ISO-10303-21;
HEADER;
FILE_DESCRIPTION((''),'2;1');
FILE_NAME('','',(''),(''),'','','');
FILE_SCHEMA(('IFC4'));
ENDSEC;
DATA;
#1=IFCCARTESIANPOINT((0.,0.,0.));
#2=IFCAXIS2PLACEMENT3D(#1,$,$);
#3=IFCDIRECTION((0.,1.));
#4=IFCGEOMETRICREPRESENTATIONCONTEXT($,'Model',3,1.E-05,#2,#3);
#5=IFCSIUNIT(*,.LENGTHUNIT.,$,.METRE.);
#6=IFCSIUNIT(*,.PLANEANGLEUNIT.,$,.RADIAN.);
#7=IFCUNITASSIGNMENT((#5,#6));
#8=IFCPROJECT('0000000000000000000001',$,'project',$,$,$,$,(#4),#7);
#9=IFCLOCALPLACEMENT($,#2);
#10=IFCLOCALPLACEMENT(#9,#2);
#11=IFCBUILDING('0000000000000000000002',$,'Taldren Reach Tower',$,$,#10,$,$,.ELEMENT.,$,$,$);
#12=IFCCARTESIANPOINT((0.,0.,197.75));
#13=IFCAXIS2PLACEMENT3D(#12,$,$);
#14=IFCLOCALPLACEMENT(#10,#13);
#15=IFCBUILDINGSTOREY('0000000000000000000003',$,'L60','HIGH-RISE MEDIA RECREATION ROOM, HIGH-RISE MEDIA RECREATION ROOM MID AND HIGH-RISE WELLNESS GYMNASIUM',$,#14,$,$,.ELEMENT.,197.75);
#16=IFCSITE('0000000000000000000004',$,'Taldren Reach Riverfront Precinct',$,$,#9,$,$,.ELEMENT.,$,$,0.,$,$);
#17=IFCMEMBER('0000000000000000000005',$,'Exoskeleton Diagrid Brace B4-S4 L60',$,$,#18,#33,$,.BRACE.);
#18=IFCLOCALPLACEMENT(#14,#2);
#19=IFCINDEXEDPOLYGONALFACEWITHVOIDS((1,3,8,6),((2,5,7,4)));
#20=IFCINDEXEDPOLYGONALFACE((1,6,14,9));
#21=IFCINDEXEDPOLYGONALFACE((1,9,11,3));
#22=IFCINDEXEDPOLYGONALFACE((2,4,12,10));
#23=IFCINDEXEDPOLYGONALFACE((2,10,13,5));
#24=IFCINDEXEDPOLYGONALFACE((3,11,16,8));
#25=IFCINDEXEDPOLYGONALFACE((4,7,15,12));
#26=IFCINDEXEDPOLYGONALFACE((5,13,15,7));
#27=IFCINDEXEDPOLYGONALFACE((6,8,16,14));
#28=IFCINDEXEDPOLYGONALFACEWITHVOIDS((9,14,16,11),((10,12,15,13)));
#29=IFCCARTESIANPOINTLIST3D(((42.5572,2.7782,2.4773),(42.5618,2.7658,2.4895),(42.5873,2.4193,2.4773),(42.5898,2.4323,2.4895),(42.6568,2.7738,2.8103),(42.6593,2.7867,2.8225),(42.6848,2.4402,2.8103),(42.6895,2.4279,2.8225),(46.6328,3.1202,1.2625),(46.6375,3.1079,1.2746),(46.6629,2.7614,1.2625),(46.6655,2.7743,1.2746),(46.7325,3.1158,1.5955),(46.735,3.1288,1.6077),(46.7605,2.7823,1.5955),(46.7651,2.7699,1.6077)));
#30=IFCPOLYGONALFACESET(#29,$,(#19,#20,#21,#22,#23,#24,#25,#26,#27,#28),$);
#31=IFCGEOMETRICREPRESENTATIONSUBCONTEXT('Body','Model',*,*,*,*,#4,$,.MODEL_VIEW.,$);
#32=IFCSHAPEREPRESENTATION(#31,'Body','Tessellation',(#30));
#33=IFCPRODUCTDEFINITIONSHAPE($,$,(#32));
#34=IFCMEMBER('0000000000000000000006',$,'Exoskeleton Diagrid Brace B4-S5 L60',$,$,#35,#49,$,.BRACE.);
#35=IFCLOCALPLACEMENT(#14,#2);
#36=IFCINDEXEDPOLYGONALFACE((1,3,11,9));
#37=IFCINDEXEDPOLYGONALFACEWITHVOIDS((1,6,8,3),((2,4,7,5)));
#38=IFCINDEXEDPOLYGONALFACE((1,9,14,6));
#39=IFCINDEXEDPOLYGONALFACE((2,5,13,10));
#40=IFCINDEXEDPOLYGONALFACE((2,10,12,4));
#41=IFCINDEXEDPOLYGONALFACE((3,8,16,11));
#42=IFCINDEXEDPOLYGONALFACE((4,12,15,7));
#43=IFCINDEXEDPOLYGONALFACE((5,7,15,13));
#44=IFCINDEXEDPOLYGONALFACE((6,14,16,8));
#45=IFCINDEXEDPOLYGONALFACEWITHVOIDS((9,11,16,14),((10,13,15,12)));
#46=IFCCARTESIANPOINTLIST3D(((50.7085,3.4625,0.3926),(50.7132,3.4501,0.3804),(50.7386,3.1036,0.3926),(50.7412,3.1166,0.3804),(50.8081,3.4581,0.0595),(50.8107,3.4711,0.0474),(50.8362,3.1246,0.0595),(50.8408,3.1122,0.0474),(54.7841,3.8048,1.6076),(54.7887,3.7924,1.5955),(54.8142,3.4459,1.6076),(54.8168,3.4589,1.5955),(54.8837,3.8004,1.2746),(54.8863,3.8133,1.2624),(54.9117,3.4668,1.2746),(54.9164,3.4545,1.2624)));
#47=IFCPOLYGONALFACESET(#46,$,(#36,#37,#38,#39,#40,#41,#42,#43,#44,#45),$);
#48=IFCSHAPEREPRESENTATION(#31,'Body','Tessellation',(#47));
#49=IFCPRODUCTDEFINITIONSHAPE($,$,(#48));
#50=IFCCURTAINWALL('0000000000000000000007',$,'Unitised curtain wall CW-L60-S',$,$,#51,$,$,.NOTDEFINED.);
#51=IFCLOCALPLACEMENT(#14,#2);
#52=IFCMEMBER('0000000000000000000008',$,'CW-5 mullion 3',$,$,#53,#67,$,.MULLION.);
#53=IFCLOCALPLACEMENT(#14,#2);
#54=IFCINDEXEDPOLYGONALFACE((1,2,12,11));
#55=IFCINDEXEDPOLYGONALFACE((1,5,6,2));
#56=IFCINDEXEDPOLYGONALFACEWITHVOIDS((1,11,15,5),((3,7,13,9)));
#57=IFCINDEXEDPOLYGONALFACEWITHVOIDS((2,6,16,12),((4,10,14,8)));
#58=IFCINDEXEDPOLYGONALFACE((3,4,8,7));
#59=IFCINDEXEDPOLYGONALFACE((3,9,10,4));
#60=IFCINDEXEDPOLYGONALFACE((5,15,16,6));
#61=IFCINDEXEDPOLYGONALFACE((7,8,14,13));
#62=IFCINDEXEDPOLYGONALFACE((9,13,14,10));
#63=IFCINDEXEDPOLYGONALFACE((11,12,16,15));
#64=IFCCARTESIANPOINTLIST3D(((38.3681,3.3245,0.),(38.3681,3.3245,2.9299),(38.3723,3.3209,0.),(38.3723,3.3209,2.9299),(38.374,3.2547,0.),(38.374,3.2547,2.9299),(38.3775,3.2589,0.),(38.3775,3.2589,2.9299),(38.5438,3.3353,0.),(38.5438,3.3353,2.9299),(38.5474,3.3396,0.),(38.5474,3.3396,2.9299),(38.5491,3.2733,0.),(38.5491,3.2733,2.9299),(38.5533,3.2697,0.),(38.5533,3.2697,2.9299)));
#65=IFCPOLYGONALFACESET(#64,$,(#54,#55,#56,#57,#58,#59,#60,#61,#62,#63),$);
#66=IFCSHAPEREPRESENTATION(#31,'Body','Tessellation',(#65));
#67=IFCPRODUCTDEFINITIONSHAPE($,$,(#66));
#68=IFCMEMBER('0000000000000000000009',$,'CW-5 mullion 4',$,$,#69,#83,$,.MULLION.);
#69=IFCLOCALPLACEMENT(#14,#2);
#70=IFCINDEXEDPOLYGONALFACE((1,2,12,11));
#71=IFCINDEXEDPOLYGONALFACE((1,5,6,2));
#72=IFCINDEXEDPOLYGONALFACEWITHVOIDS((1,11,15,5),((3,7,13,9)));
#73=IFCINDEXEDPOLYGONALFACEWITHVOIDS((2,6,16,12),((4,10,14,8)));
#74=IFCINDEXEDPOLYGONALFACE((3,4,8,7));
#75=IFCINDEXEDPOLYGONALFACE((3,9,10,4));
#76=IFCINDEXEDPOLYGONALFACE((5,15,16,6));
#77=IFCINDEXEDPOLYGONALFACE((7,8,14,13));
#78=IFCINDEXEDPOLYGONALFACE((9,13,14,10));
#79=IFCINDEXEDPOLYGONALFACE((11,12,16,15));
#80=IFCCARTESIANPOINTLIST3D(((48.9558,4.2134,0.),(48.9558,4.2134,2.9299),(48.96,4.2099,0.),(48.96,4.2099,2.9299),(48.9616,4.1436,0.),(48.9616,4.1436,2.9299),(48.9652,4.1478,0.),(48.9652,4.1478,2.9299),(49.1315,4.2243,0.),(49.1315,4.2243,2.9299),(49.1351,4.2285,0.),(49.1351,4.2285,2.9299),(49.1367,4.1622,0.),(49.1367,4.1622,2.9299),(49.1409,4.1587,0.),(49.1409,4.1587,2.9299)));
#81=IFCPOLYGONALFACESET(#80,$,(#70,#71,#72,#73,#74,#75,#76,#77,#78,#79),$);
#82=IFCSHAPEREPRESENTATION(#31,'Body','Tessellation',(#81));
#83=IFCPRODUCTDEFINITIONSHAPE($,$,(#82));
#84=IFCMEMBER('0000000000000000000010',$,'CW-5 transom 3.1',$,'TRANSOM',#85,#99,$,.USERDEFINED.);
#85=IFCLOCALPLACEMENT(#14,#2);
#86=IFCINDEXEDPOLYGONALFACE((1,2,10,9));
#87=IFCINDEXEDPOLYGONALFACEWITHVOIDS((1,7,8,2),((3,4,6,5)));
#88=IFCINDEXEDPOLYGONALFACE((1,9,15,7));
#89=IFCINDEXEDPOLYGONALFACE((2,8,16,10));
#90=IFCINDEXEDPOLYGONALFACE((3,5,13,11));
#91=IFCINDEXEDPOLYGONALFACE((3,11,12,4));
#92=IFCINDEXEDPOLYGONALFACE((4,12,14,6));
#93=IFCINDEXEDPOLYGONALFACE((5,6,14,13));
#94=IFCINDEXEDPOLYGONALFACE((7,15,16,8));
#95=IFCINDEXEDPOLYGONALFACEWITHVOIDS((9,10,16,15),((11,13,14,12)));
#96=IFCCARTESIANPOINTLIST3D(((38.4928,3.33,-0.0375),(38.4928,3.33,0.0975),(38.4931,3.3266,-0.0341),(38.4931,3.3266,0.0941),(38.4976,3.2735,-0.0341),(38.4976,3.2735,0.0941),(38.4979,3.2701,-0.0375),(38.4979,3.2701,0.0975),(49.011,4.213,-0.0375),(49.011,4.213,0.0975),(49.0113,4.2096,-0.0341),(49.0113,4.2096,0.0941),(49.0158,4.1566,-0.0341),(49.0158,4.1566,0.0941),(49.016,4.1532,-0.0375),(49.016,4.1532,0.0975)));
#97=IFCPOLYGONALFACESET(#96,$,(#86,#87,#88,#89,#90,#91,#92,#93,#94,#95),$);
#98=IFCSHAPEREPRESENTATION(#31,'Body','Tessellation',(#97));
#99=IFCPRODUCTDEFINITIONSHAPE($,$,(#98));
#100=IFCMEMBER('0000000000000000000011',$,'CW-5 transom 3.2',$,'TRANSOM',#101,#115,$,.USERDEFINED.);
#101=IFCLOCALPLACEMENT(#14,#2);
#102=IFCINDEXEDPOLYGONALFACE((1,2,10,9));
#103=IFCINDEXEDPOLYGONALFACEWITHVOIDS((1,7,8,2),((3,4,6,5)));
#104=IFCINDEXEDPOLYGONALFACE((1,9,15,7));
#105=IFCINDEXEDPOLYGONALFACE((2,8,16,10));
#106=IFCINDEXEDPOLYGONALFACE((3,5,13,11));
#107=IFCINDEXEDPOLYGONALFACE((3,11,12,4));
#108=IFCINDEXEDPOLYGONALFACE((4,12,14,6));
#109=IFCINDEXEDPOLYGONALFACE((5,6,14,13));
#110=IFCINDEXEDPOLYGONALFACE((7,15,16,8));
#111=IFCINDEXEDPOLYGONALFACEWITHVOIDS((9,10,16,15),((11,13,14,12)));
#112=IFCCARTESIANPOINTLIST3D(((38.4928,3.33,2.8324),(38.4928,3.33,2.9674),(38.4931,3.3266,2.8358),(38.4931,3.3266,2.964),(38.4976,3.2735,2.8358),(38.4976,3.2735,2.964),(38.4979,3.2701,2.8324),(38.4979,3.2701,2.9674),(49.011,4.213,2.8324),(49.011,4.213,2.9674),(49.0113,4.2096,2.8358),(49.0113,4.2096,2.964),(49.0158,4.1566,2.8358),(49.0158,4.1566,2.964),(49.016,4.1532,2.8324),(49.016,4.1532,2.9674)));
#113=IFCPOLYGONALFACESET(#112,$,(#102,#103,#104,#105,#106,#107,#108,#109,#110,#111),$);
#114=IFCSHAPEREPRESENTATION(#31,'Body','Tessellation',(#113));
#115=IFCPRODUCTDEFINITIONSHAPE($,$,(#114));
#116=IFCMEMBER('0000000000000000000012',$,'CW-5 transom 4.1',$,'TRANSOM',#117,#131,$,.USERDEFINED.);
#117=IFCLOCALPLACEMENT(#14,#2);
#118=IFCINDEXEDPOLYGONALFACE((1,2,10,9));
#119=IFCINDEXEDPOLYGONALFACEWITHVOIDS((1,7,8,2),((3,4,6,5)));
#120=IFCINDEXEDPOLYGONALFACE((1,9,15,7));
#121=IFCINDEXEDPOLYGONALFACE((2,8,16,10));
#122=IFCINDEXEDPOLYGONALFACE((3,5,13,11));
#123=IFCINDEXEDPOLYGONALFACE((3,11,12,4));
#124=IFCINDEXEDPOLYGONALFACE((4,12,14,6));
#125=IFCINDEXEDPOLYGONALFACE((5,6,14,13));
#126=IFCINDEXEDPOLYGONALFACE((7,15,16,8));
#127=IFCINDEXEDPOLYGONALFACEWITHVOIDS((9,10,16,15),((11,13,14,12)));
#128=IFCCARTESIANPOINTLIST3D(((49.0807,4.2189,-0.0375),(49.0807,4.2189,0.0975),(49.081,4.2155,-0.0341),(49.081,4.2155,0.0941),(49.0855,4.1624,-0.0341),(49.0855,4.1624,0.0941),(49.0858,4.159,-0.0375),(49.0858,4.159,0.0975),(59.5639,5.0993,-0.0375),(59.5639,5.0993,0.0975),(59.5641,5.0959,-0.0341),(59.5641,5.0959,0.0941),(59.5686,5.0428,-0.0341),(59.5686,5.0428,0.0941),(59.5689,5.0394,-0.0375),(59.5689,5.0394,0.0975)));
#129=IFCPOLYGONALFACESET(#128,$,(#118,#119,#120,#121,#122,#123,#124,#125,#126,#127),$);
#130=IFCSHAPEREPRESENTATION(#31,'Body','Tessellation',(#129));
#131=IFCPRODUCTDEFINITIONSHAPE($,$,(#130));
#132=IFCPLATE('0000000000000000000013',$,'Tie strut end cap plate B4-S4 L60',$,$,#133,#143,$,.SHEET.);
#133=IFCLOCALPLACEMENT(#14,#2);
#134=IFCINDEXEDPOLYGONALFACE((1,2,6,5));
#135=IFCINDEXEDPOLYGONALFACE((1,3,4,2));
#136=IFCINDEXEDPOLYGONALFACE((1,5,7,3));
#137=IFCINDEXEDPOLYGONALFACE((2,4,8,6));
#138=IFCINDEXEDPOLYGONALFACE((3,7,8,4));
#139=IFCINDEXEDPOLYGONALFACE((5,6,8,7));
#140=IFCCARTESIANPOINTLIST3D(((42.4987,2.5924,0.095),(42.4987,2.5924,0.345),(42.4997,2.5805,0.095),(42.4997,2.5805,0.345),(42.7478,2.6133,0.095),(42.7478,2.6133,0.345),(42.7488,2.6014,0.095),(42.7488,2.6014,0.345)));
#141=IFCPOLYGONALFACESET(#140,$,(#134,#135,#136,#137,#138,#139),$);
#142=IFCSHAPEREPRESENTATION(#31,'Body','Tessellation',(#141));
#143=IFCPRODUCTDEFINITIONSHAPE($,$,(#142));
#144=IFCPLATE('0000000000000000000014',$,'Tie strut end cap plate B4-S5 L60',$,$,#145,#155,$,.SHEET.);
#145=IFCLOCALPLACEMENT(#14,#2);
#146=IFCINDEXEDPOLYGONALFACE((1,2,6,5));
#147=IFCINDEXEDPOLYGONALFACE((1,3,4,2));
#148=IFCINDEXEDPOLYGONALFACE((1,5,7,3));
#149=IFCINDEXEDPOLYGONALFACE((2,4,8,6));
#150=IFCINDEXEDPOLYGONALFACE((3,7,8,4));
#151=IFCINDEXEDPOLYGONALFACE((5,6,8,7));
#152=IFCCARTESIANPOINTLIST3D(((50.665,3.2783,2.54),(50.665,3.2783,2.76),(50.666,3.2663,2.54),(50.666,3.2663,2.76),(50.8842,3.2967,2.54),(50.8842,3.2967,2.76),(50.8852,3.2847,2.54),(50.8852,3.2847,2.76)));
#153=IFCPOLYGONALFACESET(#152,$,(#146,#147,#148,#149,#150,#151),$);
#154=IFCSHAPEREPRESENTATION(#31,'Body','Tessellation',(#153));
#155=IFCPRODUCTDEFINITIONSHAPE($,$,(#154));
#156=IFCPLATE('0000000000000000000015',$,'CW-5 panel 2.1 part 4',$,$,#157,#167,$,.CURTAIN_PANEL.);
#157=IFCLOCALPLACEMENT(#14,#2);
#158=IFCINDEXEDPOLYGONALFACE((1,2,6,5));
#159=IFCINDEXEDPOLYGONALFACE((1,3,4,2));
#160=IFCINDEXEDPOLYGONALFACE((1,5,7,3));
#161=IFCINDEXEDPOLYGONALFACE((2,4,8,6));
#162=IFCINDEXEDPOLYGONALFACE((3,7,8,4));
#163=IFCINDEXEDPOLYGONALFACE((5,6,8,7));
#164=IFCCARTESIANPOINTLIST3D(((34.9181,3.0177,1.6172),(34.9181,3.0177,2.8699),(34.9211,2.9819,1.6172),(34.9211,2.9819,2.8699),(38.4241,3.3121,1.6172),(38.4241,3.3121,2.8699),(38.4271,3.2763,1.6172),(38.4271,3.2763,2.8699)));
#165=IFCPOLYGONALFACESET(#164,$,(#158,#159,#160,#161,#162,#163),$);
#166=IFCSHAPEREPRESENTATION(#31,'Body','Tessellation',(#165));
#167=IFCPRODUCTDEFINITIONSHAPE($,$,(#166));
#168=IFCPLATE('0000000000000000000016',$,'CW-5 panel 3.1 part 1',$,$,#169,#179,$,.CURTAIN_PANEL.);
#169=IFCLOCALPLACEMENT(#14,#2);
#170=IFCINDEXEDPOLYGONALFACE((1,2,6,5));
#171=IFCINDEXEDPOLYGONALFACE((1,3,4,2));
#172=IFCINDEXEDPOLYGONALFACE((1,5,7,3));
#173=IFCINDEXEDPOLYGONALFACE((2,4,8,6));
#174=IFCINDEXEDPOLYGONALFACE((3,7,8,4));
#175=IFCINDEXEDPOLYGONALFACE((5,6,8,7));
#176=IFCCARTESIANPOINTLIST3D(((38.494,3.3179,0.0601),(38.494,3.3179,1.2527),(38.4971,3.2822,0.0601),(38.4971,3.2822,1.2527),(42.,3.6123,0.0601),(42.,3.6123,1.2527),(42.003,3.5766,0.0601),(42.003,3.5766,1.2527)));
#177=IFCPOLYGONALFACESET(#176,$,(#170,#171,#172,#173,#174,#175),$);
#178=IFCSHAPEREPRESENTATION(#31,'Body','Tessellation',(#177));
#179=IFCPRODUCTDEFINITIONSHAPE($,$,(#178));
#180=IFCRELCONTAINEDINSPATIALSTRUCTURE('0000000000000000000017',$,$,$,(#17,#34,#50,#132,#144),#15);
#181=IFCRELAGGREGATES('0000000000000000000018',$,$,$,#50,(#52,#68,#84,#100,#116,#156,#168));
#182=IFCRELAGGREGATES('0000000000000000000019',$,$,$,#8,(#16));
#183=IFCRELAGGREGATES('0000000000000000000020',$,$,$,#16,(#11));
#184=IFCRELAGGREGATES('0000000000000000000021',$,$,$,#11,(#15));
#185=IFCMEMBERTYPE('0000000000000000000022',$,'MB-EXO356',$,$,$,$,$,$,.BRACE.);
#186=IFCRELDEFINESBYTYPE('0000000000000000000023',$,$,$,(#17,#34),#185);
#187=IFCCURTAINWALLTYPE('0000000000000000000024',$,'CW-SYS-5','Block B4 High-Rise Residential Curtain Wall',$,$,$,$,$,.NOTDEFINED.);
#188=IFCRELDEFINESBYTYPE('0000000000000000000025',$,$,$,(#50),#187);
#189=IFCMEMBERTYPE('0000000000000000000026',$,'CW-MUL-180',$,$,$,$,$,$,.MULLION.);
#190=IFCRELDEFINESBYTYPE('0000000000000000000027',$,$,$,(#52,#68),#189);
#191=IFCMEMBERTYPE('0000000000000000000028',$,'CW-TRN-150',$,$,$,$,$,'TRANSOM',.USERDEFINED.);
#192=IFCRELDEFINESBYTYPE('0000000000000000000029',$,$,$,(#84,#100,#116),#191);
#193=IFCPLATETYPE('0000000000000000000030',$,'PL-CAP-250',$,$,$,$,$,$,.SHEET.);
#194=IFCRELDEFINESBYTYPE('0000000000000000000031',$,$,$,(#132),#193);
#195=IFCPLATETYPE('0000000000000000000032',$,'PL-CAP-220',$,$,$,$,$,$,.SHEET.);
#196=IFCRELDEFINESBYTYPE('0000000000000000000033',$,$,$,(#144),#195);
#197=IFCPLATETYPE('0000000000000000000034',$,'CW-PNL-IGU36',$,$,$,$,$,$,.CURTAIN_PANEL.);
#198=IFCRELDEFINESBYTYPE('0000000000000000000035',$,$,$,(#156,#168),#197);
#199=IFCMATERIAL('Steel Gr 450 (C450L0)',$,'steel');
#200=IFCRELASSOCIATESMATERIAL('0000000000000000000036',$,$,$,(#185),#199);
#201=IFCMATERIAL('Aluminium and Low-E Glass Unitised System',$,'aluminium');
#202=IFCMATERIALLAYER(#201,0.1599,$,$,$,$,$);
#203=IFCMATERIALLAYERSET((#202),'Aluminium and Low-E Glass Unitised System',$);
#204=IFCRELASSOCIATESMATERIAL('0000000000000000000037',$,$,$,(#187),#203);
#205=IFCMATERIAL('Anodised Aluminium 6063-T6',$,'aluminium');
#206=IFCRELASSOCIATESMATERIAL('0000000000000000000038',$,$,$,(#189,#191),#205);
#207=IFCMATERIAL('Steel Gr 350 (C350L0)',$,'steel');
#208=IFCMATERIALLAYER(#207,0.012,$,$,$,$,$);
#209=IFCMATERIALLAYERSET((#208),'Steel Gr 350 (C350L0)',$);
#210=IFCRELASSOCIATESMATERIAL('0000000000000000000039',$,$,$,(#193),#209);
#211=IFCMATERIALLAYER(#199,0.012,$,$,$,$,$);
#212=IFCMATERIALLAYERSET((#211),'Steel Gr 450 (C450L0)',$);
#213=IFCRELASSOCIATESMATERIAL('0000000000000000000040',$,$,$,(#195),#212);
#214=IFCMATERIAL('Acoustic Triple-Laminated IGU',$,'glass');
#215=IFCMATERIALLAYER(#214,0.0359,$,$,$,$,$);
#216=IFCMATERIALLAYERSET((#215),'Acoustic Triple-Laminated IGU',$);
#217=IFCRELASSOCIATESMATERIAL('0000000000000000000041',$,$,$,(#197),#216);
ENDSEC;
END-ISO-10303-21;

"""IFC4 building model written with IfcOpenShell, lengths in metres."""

from ifc_helpers import new_model, si_unit, direction, frame, origin, origin_2d, place, context, subcontext, project, spatial, rectangle, hollow_rectangle, extrude, source, transform, mapped, material, layer, layer_set, material_profile, profile_set, type_object, element, aggregate, save


model = new_model("IFC4")

# Units and contexts
model_context = context("Model", 3, precision=1e-05, world=origin(), true_north=direction((0.0, 1.0)))
body_context = subcontext(model_context, "Body", "Model", "MODEL_VIEW")
ifc_project = project(units=[si_unit("LENGTHUNIT", "METRE"), si_unit("PLANEANGLEUNIT", "RADIAN")], contexts=[model_context])

# Site, building, storey
site_placement = place(None, origin())
site = spatial("IfcSite", under=ifc_project, at=site_placement, Name="Taldren Reach Riverfront Precinct", CompositionType="ELEMENT", RefElevation=0.0)
building_placement = place(site_placement, origin())
building = spatial("IfcBuilding", under=site, at=building_placement, Name="Taldren Reach Tower", CompositionType="ELEMENT")
storey_placement = place(building_placement, frame((0.0, 0.0, 197.75)))
storey = spatial("IfcBuildingStorey", under=building, at=storey_placement, Name="L60", Description="HIGH-RISE MEDIA RECREATION ROOM, HIGH-RISE MEDIA RECREATION ROOM MID AND HIGH-RISE WELLNESS GYMNASIUM", CompositionType="ELEMENT", Elevation=197.75)

# Shared definitions
ifc_material_1 = material(Name="Steel Gr 350 (C350L0)", Category="steel")

# Members
ifc_material_2 = material(Name="Steel Gr 450 (C450L0)", Category="steel")
ifc_material_profile_1 = material_profile(ifc_material_2, hollow_rectangle(XDim=0.3601, YDim=0.3601, WallThickness=0.0127, at=origin_2d()), Name="360x360x12.7SHS")
ifc_profile_set_1 = profile_set([ifc_material_profile_1], Name="Steel Gr 450 (C450L0)")
member_type_1 = type_object("IfcMemberType", Name="MB-EXO356", PredefinedType="BRACE", material=ifc_profile_set_1)
shared_shape_1 = source(origin(), body_context, "Body", "SweptSolid", [
    extrude(hollow_rectangle(XDim=0.3601, YDim=0.3601, WallThickness=0.0127, at=origin_2d()), origin(), (0.0, 0.0, 1.0), 4.2666),
])
for number, where, z_axis, x_axis, name in (
    (1, (46.699, 2.9451, 1.4351), (-0.955249, -0.080167, 0.284732), (0.083628, -0.996497, 0.0), "Exoskeleton Diagrid Brace B4-S4 L60"),
    (2, (50.7747, 3.2874, 0.22), (0.955229, 0.080222, 0.284783), (-0.083688, 0.996492, 0.0), "Exoskeleton Diagrid Brace B4-S5 L60"),
):
    element("IfcMember", number, at=place(storey_placement, frame(where, z_axis=z_axis, x_axis=x_axis)), inside=storey, type_object=member_type_1, Name=name, PredefinedType="BRACE", context=body_context, shape_type="MappedRepresentation", body=[
        mapped(shared_shape_1, transform((0.0, 0.0, 0.0), scale=1.0)),
    ])

# Curtain wall, members
ifc_material_3 = material(Name="Aluminium and Low-E Glass Unitised System", Category="aluminium")
ifc_layer_1 = layer(ifc_material_3, 0.1599)
ifc_layer_set_1 = layer_set([ifc_layer_1], Name="Aluminium and Low-E Glass Unitised System")
curtain_wall_type = type_object("IfcCurtainWallType", Name="CW-SYS-5", Description="Block B4 High-Rise Residential Curtain Wall", PredefinedType="NOTDEFINED", material=ifc_layer_set_1)
curtain_wall_placement = place(storey_placement, origin())
curtain_wall = element("IfcCurtainWall", 3, at=curtain_wall_placement, inside=storey, type_object=curtain_wall_type, Name="Unitised curtain wall CW-L60-S", PredefinedType="NOTDEFINED")
ifc_material_4 = material(Name="Anodised Aluminium 6063-T6", Category="aluminium")
ifc_material_profile_2 = material_profile(ifc_material_4, hollow_rectangle(XDim=0.0701, YDim=0.1799, WallThickness=0.0039, at=origin_2d()), Name="ALU-180x70x4RHS")
ifc_profile_set_2 = profile_set([ifc_material_profile_2], Name="Anodised Aluminium 6063-T6")
member_type_2 = type_object("IfcMemberType", Name="CW-MUL-180", PredefinedType="MULLION", material=ifc_profile_set_2)
shared_shape_2 = source(origin(), body_context, "Body", "SweptSolid", [
    extrude(hollow_rectangle(XDim=0.0701, YDim=0.1799, WallThickness=0.0039, at=origin_2d()), origin(), (0.0, 0.0, 1.0), 2.9299),
])
member_1_placement = place(storey_placement, frame((38.4607, 3.2971, 0.0), z_axis=(0.0, 0.0, 1.0), x_axis=(-0.083678, 0.996493, 0.0)))
member_1 = element("IfcMember", 4, at=member_1_placement, type_object=member_type_2, Name="CW-5 mullion 3", PredefinedType="MULLION", context=body_context, shape_type="MappedRepresentation", body=[
    mapped(shared_shape_2, transform((0.0, 0.0, 0.0), scale=1.0)),
])
member_2_placement = place(storey_placement, frame((49.0483, 4.186, 0.0), z_axis=(0.0, 0.0, 1.0), x_axis=(-0.083678, 0.996493, 0.0)))
member_2 = element("IfcMember", 5, at=member_2_placement, type_object=member_type_2, Name="CW-5 mullion 4", PredefinedType="MULLION", context=body_context, shape_type="MappedRepresentation", body=[
    mapped(shared_shape_2, transform((0.0, 0.0, 0.0), scale=1.0)),
])
ifc_material_profile_3 = material_profile(ifc_material_4, hollow_rectangle(XDim=0.0601, YDim=0.135, WallThickness=0.0034, at=origin_2d()), Name="ALU-135x60x3.5RHS")
ifc_profile_set_3 = profile_set([ifc_material_profile_3], Name="Anodised Aluminium 6063-T6")
member_type_3 = type_object("IfcMemberType", Name="CW-TRN-150", ElementType="TRANSOM", PredefinedType="USERDEFINED", material=ifc_profile_set_3)
shared_shape_3 = source(origin(), body_context, "Body", "SweptSolid", [
    extrude(hollow_rectangle(XDim=0.0601, YDim=0.135, WallThickness=0.0034, at=origin_2d()), origin(), (0.0, 0.0, 1.0), 10.5552),
])
member_3_placement = place(storey_placement, frame((38.4954, 3.3, 0.03), z_axis=(0.996494, 0.083662, 0.0), x_axis=(-0.083662, 0.996494, 0.0)))
member_3 = element("IfcMember", 6, at=member_3_placement, type_object=member_type_3, Name="CW-5 transom 3.1", ObjectType="TRANSOM", PredefinedType="USERDEFINED", context=body_context, shape_type="MappedRepresentation", body=[
    mapped(shared_shape_3, transform((0.0, 0.0, 0.0), scale=1.0)),
])
member_4_placement = place(storey_placement, frame((38.4954, 3.3, 2.8999), z_axis=(0.996494, 0.083662, 0.0), x_axis=(-0.083662, 0.996494, 0.0)))
member_4 = element("IfcMember", 7, at=member_4_placement, type_object=member_type_3, Name="CW-5 transom 3.2", ObjectType="TRANSOM", PredefinedType="USERDEFINED", context=body_context, shape_type="MappedRepresentation", body=[
    mapped(shared_shape_3, transform((0.0, 0.0, 0.0), scale=1.0)),
])
shared_shape_4 = source(origin(), body_context, "Body", "SweptSolid", [
    extrude(hollow_rectangle(XDim=0.0601, YDim=0.135, WallThickness=0.0034, at=origin_2d()), origin(), (0.0, 0.0, 1.0), 10.52),
])
member_5_placement = place(storey_placement, frame((49.0833, 4.189, 0.03), z_axis=(0.996492, 0.083685, 0.0), x_axis=(-0.083685, 0.996492, 0.0)))
member_5 = element("IfcMember", 8, at=member_5_placement, type_object=member_type_3, Name="CW-5 transom 4.1", ObjectType="TRANSOM", PredefinedType="USERDEFINED", context=body_context, shape_type="MappedRepresentation", body=[
    mapped(shared_shape_4, transform((0.0, 0.0, 0.0), scale=1.0)),
])

# Plates
ifc_layer_2 = layer(ifc_material_1, 0.012)
ifc_layer_set_2 = layer_set([ifc_layer_2], Name="Steel Gr 350 (C350L0)")
plate_type_1 = type_object("IfcPlateType", Name="PL-CAP-250", PredefinedType="SHEET", material=ifc_layer_set_2)
shared_shape_5 = source(origin(), body_context, "Body", "SweptSolid", [
    extrude(rectangle(XDim=0.25, YDim=0.012, at=origin_2d()), origin(), (0.0, 0.0, 1.0), 0.25),
])
plate_1_placement = place(storey_placement, frame((42.6238, 2.5969, 0.095), z_axis=(0.0, 0.0, 1.0), x_axis=(0.996493, 0.083678, 0.0)))
element("IfcPlate", 9, at=plate_1_placement, inside=storey, type_object=plate_type_1, Name="Tie strut end cap plate B4-S4 L60", PredefinedType="SHEET", context=body_context, shape_type="MappedRepresentation", body=[
    mapped(shared_shape_5, transform((0.0, 0.0, 0.0), scale=1.0)),
])
ifc_layer_3 = layer(ifc_material_2, 0.012)
ifc_layer_set_3 = layer_set([ifc_layer_3], Name="Steel Gr 450 (C450L0)")
plate_type_2 = type_object("IfcPlateType", Name="PL-CAP-220", PredefinedType="SHEET", material=ifc_layer_set_3)
shared_shape_6 = source(origin(), body_context, "Body", "SweptSolid", [
    extrude(rectangle(XDim=0.22, YDim=0.012, at=origin_2d()), origin(), (0.0, 0.0, 1.0), 0.22),
])
plate_2_placement = place(storey_placement, frame((50.7751, 3.2815, 2.54), z_axis=(0.0, 0.0, 1.0), x_axis=(0.996493, 0.083678, 0.0)))
element("IfcPlate", 10, at=plate_2_placement, inside=storey, type_object=plate_type_2, Name="Tie strut end cap plate B4-S5 L60", PredefinedType="SHEET", context=body_context, shape_type="MappedRepresentation", body=[
    mapped(shared_shape_6, transform((0.0, 0.0, 0.0), scale=1.0)),
])

# Plates
ifc_material_5 = material(Name="Acoustic Triple-Laminated IGU", Category="glass")
ifc_layer_4 = layer(ifc_material_5, 0.0359)
ifc_layer_set_4 = layer_set([ifc_layer_4], Name="Acoustic Triple-Laminated IGU")
plate_type_3 = type_object("IfcPlateType", Name="CW-PNL-IGU36", PredefinedType="CURTAIN_PANEL", material=ifc_layer_set_4)
shared_shape_7 = source(origin(), body_context, "Body", "SweptSolid", [
    extrude(rectangle(XDim=3.5183, YDim=0.0359, at=origin_2d()), origin(), (0.0, 0.0, 1.0), 1.2527),
])
plate_3_placement = place(storey_placement, frame((36.6726, 3.147, 1.6172), z_axis=(0.0, 0.0, 1.0), x_axis=(0.996493, 0.083678, 0.0)))
plate_3 = element("IfcPlate", 11, at=plate_3_placement, type_object=plate_type_3, Name="CW-5 panel 2.1 part 4", PredefinedType="CURTAIN_PANEL", context=body_context, shape_type="MappedRepresentation", body=[
    mapped(shared_shape_7, transform((0.0, 0.0, 0.0), scale=1.0)),
])
shared_shape_8 = source(origin(), body_context, "Body", "SweptSolid", [
    extrude(rectangle(XDim=3.5183, YDim=0.0359, at=origin_2d()), origin(), (0.0, 0.0, 1.0), 1.1926),
])
plate_4_placement = place(storey_placement, frame((40.2485, 3.4473, 0.0601), z_axis=(0.0, 0.0, 1.0), x_axis=(0.996493, 0.083678, 0.0)))
plate_4 = element("IfcPlate", 12, at=plate_4_placement, type_object=plate_type_3, Name="CW-5 panel 3.1 part 1", PredefinedType="CURTAIN_PANEL", context=body_context, shape_type="MappedRepresentation", body=[
    mapped(shared_shape_8, transform((0.0, 0.0, 0.0), scale=1.0)),
])
aggregate(curtain_wall, [member_1, member_2, member_3, member_4, member_5, plate_3, plate_4])

save(model, "model.ifc")
